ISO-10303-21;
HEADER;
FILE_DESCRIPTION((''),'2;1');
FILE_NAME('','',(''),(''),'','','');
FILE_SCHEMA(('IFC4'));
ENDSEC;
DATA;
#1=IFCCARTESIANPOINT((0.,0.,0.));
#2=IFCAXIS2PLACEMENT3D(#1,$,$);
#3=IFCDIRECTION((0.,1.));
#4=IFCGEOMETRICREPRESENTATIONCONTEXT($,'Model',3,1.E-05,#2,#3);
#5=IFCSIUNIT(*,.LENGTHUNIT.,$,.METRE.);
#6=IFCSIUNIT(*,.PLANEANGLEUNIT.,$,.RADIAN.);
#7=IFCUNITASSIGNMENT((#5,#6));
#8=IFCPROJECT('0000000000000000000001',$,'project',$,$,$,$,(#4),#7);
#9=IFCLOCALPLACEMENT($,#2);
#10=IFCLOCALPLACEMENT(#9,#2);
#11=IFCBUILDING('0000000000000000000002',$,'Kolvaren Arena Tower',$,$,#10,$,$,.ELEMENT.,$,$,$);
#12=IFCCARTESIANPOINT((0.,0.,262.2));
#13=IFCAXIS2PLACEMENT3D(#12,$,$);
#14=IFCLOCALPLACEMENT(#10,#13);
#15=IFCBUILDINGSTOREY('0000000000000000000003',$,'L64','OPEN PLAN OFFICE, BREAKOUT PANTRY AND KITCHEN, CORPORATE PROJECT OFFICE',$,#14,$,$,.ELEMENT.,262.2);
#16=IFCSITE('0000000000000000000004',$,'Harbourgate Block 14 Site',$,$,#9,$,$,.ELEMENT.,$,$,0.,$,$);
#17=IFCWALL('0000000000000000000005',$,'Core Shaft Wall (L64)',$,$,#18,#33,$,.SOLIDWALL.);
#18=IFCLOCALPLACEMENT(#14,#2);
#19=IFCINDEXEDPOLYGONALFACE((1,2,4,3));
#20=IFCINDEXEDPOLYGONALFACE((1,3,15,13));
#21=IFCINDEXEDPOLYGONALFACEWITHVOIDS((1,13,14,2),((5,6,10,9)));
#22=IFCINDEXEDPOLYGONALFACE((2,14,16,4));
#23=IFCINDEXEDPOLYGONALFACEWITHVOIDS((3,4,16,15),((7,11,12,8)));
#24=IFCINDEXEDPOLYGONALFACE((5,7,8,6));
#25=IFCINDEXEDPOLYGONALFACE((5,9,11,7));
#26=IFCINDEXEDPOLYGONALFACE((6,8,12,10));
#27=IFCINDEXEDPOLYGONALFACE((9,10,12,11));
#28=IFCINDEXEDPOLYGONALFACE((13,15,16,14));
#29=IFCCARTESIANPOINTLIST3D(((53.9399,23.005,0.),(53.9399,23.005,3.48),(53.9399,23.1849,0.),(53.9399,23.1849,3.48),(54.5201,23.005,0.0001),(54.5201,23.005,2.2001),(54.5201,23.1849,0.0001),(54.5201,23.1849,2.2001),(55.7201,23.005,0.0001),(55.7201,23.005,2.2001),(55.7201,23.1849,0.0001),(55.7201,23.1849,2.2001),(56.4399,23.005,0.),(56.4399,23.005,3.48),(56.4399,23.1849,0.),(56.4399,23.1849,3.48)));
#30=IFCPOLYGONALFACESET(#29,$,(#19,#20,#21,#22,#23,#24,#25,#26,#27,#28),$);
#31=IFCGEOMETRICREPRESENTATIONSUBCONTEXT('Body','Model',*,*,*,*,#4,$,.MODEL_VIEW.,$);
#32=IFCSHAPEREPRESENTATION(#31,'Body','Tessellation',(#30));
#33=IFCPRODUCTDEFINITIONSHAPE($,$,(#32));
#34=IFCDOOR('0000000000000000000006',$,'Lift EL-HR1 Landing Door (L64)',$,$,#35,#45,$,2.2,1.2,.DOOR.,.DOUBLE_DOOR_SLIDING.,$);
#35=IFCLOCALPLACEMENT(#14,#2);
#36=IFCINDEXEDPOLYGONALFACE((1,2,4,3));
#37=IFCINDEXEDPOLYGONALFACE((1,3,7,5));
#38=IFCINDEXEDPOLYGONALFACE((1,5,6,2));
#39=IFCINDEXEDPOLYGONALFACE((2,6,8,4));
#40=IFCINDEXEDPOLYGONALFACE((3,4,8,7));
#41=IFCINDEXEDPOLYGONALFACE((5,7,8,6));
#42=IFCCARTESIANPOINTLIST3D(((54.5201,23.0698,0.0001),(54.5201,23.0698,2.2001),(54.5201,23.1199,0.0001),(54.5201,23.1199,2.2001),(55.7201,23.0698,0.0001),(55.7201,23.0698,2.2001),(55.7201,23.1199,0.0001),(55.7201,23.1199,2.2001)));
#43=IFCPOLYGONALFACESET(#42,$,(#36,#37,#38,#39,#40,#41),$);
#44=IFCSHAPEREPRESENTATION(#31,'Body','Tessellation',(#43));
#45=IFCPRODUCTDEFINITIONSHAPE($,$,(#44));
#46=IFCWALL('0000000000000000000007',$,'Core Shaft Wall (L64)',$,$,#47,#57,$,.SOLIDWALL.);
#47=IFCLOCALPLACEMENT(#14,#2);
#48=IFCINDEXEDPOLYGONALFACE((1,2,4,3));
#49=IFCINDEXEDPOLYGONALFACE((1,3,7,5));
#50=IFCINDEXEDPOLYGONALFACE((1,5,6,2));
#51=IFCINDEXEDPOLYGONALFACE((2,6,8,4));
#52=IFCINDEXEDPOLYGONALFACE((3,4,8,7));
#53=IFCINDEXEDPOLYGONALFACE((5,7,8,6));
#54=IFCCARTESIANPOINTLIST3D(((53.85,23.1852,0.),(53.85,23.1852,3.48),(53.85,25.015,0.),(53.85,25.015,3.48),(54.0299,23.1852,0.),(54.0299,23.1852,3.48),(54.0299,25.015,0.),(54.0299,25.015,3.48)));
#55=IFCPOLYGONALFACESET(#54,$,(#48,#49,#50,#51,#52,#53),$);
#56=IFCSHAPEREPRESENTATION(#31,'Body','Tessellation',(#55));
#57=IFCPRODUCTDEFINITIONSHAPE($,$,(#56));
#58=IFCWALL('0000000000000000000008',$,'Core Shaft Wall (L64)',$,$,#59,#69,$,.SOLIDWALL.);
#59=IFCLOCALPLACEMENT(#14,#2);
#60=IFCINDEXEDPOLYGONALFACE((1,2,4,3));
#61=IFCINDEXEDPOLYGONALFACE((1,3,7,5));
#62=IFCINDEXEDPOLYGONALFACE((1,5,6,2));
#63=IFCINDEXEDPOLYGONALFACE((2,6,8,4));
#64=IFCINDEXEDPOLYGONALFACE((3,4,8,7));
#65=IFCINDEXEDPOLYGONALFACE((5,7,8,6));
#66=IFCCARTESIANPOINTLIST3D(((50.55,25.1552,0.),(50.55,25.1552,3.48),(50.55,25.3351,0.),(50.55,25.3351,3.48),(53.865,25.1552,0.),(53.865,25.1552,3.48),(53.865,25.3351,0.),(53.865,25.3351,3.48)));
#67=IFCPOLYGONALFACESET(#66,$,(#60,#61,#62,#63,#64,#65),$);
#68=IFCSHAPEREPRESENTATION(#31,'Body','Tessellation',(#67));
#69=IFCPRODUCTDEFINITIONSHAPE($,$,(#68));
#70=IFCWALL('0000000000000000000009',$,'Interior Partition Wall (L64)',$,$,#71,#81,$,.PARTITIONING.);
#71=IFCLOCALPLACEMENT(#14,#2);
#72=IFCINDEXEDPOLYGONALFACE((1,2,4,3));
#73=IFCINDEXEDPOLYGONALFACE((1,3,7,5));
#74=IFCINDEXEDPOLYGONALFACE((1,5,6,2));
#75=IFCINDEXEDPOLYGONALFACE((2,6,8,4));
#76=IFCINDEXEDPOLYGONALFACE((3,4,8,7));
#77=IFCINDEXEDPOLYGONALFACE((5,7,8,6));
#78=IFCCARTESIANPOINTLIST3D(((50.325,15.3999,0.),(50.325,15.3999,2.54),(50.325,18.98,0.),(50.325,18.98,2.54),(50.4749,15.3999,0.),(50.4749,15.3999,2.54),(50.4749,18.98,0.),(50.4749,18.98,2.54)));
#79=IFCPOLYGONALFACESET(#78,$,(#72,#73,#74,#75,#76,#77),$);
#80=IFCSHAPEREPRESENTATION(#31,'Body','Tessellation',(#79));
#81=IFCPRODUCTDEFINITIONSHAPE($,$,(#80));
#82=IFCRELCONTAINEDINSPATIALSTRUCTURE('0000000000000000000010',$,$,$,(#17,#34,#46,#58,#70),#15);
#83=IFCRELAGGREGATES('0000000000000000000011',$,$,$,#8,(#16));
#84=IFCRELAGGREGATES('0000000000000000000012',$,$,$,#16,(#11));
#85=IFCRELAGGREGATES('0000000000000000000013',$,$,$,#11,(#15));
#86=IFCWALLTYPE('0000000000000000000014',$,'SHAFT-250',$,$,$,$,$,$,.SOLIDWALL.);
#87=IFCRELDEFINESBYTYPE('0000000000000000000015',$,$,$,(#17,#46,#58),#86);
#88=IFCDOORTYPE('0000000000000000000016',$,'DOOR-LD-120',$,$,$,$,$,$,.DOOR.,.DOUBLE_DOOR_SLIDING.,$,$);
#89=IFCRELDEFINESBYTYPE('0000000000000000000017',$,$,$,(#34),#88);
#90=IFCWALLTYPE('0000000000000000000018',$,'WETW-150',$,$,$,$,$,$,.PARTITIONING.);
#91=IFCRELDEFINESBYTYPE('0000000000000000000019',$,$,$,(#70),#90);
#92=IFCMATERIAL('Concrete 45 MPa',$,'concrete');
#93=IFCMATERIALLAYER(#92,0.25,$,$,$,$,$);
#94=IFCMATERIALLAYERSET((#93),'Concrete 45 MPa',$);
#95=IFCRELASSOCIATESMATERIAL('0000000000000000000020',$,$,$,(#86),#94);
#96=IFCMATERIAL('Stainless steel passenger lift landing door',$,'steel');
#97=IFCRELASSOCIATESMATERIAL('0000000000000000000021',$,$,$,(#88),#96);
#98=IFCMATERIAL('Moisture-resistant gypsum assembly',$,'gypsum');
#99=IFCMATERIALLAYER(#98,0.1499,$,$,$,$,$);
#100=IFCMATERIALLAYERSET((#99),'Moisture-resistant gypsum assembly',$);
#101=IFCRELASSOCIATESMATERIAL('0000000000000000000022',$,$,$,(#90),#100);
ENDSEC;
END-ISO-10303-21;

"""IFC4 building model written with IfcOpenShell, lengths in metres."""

from ifc_helpers import new_model, si_unit, direction, frame, frame_2d, origin, place, context, subcontext, project, spatial, rectangle, extrude, material, layer, layer_set, type_object, element, fill, save


model = new_model("IFC4")

# Units and contexts
model_context = context("Model", 3, precision=1e-05, world=origin(), true_north=direction((0.0, 1.0)))
body_context = subcontext(model_context, "Body", "Model", "MODEL_VIEW")
ifc_project = project(units=[si_unit("LENGTHUNIT", "METRE"), si_unit("PLANEANGLEUNIT", "RADIAN")], contexts=[model_context])

# Site, building, storey
site_placement = place(None, origin())
site = spatial("IfcSite", under=ifc_project, at=site_placement, Name="Harbourgate Block 14 Site", CompositionType="ELEMENT", RefElevation=0.0)
building_placement = place(site_placement, origin())
building = spatial("IfcBuilding", under=site, at=building_placement, Name="Kolvaren Arena Tower", CompositionType="ELEMENT")
storey_placement = place(building_placement, frame((0.0, 0.0, 262.2)))
storey = spatial("IfcBuildingStorey", under=building, at=storey_placement, Name="L64", Description="OPEN PLAN OFFICE, BREAKOUT PANTRY AND KITCHEN, CORPORATE PROJECT OFFICE", CompositionType="ELEMENT", Elevation=262.2)

# Shared definitions
ifc_material_1 = material(Name="Concrete 45 MPa", Category="concrete")
ifc_layer_1 = layer(ifc_material_1, 0.25)
ifc_layer_set_1 = layer_set([ifc_layer_1], Name="Concrete 45 MPa")
wall_type_1 = type_object("IfcWallType", Name="SHAFT-250", PredefinedType="SOLIDWALL", material=ifc_layer_set_1)

# Wall, opening, door
wall_1_placement = place(storey_placement, frame((53.9399, 23.095, 0.0), z_axis=(0.0, 0.0, 1.0), x_axis=(1.0, 0.0, 0.0)))
wall_1 = element("IfcWall", 1, at=wall_1_placement, inside=storey, type_object=wall_type_1, Name="Core Shaft Wall (L64)", PredefinedType="SOLIDWALL", context=body_context, shape_type="SweptSolid", body=[
    extrude(rectangle(XDim=2.5, YDim=0.1799, at=frame_2d((1.25, 0.0))), origin(), (0.0, 0.0, 1.0), 3.48),
])
opening_1_placement = place(wall_1_placement, frame((0.5801, 0.0, 0.0)))
opening_1 = element("IfcOpeningElement", 2, at=opening_1_placement, cuts=wall_1, PredefinedType="OPENING", context=body_context, shape_type="SweptSolid", body=[
    extrude(rectangle(XDim=1.2, YDim=2.2, at=frame_2d((0.6001, 1.1001))), frame((0.0, 0.0999, 0.0), z_axis=(0.0, -1.0, 0.0), x_axis=(1.0, 0.0, 0.0)), (0.0, 0.0, 1.0), 0.2),
])
ifc_material_2 = material(Name="Stainless steel passenger lift landing door", Category="steel")
door_type_1 = type_object("IfcDoorType", Name="DOOR-LD-120", OperationType="DOUBLE_DOOR_SLIDING", PredefinedType="DOOR", material=ifc_material_2)
door_1_placement = place(opening_1_placement, origin())
door_1 = element("IfcDoor", 3, at=door_1_placement, inside=storey, type_object=door_type_1, Name="Lift EL-HR1 Landing Door (L64)", OperationType="DOUBLE_DOOR_SLIDING", OverallHeight=2.2, OverallWidth=1.2, PredefinedType="DOOR", context=body_context, shape_type="SweptSolid", body=[
    extrude(rectangle(XDim=1.2, YDim=2.2, at=frame_2d((0.6001, 1.1001))), frame((0.0, 0.0249, 0.0), z_axis=(0.0, -1.0, 0.0), x_axis=(1.0, 0.0, 0.0)), (0.0, 0.0, 1.0), 0.05),
])
fill(opening_1, door_1)

# Walls
wall_2_placement = place(storey_placement, frame((53.9399, 23.1851, 0.0), z_axis=(0.0, 0.0, 1.0), x_axis=(0.0, 1.0, 0.0)))
element("IfcWall", 4, at=wall_2_placement, inside=storey, type_object=wall_type_1, Name="Core Shaft Wall (L64)", PredefinedType="SOLIDWALL", context=body_context, shape_type="SweptSolid", body=[
    extrude(rectangle(XDim=1.8298, YDim=0.1799, at=frame_2d((0.915, 0.0))), origin(), (0.0, 0.0, 1.0), 3.48),
])
wall_3_placement = place(storey_placement, frame((50.55, 25.2451, 0.0), z_axis=(0.0, 0.0, 1.0), x_axis=(1.0, 0.0, 0.0)))
element("IfcWall", 5, at=wall_3_placement, inside=storey, type_object=wall_type_1, Name="Core Shaft Wall (L64)", PredefinedType="SOLIDWALL", context=body_context, shape_type="SweptSolid", body=[
    extrude(rectangle(XDim=3.3149, YDim=0.1799, at=frame_2d((1.6575, 0.0))), origin(), (0.0, 0.0, 1.0), 3.48),
])
ifc_material_3 = material(Name="Moisture-resistant gypsum assembly", Category="gypsum")
ifc_layer_2 = layer(ifc_material_3, 0.1499)
ifc_layer_set_2 = layer_set([ifc_layer_2], Name="Moisture-resistant gypsum assembly")
wall_type_2 = type_object("IfcWallType", Name="WETW-150", PredefinedType="PARTITIONING", material=ifc_layer_set_2)
wall_4_placement = place(storey_placement, frame((50.3999, 15.3999, 0.0), z_axis=(0.0, 0.0, 1.0), x_axis=(0.0, 1.0, 0.0)))
element("IfcWall", 6, at=wall_4_placement, inside=storey, type_object=wall_type_2, Name="Interior Partition Wall (L64)", PredefinedType="PARTITIONING", context=body_context, shape_type="SweptSolid", body=[
    extrude(rectangle(XDim=3.5801, YDim=0.1499, at=frame_2d((1.79, 0.0))), origin(), (0.0, 0.0, 1.0), 2.54),
])

save(model, "model.ifc")
